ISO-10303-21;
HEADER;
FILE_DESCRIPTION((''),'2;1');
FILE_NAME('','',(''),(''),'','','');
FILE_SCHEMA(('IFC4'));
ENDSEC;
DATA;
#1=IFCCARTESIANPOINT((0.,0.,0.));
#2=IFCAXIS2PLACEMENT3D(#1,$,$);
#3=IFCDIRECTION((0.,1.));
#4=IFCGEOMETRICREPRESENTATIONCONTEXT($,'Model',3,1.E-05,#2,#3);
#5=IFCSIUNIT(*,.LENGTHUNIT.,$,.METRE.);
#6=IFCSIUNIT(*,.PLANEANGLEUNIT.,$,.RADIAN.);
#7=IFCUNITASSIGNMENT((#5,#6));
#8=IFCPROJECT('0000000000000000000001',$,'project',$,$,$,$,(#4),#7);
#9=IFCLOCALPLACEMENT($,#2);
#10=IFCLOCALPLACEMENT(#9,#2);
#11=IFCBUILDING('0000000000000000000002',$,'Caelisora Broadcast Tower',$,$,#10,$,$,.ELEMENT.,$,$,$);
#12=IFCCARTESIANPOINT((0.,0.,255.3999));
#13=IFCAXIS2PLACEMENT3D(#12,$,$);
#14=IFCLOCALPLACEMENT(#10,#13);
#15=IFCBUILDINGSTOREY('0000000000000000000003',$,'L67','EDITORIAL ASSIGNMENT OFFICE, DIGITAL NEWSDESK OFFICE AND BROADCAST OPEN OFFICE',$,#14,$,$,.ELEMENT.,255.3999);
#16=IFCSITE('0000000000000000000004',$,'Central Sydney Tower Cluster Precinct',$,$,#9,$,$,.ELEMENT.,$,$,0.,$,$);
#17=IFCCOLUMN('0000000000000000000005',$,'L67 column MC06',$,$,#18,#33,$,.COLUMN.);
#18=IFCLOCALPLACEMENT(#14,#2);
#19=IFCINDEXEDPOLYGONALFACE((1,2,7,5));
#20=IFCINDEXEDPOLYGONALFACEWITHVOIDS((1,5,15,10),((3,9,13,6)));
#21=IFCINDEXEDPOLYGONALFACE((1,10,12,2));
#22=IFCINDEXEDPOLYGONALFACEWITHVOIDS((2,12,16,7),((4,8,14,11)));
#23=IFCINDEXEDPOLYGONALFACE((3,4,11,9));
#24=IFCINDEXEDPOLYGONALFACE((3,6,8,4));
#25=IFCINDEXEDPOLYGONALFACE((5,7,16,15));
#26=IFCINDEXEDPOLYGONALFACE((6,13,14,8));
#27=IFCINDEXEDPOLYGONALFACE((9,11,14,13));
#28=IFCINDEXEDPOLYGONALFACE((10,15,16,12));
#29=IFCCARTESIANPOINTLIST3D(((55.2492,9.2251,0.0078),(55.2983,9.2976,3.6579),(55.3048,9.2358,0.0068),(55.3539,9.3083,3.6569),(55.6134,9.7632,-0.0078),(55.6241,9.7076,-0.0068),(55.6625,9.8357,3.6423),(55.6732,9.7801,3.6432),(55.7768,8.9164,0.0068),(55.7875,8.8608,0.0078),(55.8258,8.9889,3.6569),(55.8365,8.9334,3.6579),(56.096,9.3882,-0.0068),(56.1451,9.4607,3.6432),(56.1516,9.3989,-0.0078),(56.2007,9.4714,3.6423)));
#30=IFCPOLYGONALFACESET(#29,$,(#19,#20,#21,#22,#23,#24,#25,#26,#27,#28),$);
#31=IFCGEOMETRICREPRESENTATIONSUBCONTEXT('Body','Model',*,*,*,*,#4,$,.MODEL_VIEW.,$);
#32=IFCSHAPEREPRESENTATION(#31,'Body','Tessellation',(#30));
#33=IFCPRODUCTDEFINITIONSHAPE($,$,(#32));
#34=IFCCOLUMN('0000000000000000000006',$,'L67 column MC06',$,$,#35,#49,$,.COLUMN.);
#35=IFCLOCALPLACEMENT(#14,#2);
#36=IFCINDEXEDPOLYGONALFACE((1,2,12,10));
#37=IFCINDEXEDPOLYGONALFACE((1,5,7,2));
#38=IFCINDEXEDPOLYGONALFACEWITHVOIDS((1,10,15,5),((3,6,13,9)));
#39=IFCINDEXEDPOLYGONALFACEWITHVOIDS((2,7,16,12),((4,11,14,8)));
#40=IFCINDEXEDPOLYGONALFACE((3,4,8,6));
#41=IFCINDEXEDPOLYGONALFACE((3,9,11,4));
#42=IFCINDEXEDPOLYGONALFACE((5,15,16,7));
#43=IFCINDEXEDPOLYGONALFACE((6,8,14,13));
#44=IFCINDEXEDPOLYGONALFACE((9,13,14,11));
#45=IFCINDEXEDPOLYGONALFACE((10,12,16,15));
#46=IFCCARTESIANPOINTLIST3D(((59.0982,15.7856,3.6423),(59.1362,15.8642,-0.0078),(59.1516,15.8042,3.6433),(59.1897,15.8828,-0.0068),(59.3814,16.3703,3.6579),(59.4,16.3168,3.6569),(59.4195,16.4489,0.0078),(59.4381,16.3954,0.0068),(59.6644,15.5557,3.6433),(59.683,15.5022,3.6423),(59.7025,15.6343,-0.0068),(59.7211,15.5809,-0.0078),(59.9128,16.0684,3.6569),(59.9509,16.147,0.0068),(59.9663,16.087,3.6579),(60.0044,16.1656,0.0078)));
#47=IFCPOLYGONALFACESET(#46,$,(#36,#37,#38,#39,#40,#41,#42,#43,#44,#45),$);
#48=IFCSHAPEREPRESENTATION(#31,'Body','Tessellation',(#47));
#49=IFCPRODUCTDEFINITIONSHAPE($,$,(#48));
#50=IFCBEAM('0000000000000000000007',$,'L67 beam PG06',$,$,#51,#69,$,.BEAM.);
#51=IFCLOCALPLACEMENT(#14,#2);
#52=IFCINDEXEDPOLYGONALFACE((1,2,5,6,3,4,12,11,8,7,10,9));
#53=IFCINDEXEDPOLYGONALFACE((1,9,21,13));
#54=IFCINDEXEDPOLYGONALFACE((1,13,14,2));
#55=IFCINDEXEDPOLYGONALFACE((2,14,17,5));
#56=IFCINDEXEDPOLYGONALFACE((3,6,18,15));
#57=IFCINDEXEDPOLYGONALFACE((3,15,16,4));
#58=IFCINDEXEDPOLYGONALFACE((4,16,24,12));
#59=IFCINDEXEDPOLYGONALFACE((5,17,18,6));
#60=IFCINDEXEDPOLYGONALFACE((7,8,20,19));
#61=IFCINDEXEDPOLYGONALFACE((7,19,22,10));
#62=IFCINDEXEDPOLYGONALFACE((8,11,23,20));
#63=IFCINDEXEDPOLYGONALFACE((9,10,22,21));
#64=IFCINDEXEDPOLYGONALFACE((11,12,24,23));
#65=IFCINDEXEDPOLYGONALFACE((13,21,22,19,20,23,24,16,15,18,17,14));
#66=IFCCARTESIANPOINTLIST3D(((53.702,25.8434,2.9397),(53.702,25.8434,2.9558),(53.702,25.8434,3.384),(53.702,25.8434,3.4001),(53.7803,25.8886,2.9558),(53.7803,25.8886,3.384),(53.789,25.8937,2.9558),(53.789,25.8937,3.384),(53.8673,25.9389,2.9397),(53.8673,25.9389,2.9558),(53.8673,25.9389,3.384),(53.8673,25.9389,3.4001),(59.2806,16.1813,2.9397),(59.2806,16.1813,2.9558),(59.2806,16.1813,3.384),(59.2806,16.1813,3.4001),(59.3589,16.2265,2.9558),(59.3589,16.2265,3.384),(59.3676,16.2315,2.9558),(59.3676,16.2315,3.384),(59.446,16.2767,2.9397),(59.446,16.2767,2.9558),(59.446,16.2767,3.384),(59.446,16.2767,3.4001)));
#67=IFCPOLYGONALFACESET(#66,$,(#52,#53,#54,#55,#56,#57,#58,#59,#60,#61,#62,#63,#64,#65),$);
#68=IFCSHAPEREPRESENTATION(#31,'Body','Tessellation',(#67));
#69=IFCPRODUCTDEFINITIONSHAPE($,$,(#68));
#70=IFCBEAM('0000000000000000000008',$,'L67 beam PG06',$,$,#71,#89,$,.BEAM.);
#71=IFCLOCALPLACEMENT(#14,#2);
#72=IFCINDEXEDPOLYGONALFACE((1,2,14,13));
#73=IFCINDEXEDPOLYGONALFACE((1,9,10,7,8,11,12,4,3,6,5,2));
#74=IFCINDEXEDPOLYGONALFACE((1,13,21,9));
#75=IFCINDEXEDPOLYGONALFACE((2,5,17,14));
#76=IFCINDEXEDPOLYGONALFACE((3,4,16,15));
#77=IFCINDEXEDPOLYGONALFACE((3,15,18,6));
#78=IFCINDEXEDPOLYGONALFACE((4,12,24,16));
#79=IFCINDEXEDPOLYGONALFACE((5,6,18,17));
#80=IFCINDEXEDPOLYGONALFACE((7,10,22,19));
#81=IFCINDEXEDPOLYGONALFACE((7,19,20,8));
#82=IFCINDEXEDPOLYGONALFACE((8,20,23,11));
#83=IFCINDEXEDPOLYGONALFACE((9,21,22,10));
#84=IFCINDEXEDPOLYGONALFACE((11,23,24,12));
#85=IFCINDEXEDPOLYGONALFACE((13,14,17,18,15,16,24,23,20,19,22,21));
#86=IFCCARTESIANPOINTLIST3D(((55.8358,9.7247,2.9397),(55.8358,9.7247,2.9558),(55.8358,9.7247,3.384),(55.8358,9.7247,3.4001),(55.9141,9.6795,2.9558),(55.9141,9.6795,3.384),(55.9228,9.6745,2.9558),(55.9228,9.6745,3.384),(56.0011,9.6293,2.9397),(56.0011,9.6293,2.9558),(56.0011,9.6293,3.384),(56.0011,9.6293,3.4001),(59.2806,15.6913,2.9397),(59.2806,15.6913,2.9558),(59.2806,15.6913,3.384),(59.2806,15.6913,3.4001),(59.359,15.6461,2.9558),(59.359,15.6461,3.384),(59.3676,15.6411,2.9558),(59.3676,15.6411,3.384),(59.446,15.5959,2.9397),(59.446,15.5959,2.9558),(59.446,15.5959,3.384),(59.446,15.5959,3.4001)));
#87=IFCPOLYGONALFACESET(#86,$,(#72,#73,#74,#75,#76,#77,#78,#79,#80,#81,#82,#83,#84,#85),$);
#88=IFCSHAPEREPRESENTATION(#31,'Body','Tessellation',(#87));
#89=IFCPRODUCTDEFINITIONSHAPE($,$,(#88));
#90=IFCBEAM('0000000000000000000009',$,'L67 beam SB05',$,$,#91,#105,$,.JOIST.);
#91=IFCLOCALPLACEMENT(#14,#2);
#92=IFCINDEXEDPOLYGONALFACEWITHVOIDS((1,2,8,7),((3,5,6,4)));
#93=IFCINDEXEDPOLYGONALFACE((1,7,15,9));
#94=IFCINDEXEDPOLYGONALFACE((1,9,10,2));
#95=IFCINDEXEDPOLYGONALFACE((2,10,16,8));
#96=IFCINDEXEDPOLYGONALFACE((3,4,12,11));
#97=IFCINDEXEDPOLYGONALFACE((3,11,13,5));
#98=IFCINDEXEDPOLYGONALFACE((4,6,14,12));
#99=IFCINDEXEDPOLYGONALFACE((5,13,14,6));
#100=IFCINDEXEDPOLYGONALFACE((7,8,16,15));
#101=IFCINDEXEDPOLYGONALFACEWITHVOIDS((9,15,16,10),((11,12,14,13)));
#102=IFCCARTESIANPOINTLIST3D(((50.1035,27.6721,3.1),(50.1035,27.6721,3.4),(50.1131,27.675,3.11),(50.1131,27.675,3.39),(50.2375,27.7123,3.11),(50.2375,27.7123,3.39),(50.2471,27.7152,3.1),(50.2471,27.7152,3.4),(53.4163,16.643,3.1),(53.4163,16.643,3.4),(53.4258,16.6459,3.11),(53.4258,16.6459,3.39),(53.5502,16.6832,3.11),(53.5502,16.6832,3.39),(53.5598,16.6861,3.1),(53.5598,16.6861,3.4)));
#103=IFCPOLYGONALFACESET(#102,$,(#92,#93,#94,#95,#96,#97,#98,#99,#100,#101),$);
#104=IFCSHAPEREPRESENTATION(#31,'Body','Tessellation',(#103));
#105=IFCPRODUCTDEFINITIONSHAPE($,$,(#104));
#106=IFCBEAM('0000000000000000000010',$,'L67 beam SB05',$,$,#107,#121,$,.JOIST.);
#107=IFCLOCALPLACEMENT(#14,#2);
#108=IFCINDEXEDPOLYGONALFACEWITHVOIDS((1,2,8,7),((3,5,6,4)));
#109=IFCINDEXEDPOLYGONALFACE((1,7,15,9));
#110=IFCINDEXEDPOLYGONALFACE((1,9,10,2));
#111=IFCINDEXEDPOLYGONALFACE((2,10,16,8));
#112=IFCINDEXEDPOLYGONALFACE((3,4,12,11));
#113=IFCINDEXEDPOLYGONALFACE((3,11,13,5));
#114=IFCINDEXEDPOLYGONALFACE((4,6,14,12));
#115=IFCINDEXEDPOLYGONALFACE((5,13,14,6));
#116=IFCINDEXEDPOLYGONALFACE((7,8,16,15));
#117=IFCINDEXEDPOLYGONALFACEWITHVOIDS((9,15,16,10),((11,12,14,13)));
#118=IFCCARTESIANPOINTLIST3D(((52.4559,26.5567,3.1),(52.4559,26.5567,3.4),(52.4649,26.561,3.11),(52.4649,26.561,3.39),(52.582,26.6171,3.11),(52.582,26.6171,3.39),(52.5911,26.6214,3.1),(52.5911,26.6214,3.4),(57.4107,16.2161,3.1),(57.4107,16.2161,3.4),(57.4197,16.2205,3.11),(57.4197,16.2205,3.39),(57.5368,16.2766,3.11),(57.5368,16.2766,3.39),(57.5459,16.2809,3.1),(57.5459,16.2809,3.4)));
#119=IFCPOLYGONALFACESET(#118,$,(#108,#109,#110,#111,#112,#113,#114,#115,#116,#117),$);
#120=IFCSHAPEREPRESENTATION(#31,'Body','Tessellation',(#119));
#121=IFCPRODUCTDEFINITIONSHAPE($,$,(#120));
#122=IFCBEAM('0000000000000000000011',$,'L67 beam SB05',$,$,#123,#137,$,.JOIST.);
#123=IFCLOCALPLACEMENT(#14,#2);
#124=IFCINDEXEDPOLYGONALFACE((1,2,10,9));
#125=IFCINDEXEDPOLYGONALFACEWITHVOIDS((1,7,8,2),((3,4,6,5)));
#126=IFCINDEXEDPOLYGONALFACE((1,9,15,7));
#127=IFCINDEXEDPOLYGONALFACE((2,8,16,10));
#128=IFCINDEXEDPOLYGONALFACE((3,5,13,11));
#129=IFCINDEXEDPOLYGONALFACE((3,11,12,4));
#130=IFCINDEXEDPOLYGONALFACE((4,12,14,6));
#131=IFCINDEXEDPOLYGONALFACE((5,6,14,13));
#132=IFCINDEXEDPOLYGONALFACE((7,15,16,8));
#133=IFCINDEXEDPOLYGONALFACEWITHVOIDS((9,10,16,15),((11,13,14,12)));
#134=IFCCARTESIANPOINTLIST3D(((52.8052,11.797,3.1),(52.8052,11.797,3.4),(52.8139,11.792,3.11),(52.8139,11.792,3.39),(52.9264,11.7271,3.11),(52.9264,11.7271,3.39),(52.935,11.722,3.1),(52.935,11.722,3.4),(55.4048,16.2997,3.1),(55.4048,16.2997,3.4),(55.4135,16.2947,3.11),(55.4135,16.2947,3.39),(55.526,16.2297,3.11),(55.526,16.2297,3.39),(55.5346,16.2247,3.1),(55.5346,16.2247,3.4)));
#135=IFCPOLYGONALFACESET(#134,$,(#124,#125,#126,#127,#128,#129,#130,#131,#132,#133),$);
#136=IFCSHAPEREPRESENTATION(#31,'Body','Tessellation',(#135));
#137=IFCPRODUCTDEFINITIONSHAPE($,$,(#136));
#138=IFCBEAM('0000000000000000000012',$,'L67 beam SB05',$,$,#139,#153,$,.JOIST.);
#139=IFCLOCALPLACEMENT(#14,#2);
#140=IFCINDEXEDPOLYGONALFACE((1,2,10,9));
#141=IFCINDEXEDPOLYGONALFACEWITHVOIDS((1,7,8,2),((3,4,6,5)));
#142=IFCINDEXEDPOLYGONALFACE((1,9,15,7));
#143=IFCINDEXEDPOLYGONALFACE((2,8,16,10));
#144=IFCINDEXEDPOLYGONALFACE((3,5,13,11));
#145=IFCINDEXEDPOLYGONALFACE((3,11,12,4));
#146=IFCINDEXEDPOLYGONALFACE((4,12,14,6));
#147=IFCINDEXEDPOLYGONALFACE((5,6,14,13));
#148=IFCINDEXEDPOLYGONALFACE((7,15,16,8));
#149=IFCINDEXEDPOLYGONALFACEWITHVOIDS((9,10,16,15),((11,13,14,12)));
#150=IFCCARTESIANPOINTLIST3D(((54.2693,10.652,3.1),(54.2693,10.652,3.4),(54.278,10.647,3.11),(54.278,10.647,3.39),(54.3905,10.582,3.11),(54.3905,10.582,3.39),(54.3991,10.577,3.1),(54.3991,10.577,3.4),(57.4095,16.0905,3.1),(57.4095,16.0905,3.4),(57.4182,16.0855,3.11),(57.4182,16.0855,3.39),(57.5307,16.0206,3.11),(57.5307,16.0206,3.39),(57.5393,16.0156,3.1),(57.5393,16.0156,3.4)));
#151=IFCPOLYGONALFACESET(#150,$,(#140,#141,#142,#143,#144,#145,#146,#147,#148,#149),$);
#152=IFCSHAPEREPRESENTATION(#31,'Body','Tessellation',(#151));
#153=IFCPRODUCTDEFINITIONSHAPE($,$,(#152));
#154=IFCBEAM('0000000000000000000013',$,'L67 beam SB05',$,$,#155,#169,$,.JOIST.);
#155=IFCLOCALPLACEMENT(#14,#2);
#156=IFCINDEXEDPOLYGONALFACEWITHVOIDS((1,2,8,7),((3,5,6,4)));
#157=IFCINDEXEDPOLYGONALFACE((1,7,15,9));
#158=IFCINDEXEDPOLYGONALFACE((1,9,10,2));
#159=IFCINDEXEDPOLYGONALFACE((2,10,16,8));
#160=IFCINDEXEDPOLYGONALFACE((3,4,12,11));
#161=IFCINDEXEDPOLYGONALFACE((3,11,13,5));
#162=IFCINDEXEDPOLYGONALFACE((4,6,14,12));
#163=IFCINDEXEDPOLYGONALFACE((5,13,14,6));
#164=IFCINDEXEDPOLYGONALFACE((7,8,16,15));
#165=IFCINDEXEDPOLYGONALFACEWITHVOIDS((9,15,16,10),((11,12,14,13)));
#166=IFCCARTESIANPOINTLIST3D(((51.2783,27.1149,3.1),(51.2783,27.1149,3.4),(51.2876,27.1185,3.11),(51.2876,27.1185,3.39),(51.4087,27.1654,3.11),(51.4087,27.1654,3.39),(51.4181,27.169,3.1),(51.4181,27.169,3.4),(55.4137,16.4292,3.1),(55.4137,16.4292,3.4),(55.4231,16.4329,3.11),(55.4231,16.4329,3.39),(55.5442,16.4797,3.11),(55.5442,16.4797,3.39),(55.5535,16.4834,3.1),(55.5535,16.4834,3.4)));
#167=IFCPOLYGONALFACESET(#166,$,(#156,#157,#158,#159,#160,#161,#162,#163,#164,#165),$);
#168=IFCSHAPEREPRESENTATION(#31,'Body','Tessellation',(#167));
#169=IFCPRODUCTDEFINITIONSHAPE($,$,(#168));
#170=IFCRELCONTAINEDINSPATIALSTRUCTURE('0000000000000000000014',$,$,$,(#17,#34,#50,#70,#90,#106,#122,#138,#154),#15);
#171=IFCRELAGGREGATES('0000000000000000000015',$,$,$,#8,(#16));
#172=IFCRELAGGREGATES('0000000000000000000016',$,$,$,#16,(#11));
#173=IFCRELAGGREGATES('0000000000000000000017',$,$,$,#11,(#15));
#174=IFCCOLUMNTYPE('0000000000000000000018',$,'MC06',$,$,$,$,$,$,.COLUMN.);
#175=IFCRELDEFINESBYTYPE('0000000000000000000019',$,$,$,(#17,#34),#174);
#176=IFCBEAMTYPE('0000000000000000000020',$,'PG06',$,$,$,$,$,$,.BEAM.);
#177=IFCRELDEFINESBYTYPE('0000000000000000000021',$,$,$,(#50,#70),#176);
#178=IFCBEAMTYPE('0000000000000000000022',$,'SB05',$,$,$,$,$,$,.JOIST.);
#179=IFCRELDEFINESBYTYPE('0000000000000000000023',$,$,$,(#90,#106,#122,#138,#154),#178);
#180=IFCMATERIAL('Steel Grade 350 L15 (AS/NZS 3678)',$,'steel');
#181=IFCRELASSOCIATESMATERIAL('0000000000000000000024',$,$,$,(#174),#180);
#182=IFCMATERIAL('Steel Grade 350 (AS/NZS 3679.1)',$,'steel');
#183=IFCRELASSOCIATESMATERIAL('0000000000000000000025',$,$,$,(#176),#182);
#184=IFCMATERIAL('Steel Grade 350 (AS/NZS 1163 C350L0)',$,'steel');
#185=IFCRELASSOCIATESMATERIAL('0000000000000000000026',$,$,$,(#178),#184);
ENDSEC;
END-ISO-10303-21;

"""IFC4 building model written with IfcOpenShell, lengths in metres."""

from ifc_helpers import new_model, si_unit, direction, frame, origin, origin_2d, place, context, subcontext, project, spatial, hollow_rectangle, i_section, extrude, source, transform, mapped, material, material_profile, profile_set, type_object, type_shapes, element, save


model = new_model("IFC4")

# Units and contexts
model_context = context("Model", 3, precision=1e-05, world=origin(), true_north=direction((0.0, 1.0)))
body_context = subcontext(model_context, "Body", "Model", "MODEL_VIEW")
ifc_project = project(units=[si_unit("LENGTHUNIT", "METRE"), si_unit("PLANEANGLEUNIT", "RADIAN")], contexts=[model_context])

# Site, building, storey
site_placement = place(None, origin())
site = spatial("IfcSite", under=ifc_project, at=site_placement, Name="Central Sydney Tower Cluster Precinct", CompositionType="ELEMENT", RefElevation=0.0)
building_placement = place(site_placement, origin())
building = spatial("IfcBuilding", under=site, at=building_placement, Name="Caelisora Broadcast Tower", CompositionType="ELEMENT")
storey_placement = place(building_placement, frame((0.0, 0.0, 255.3999)))
storey = spatial("IfcBuildingStorey", under=building, at=storey_placement, Name="L67", Description="EDITORIAL ASSIGNMENT OFFICE, DIGITAL NEWSDESK OFFICE AND BROADCAST OPEN OFFICE", CompositionType="ELEMENT", Elevation=255.3999)

# Columns
ifc_material_1 = material(Name="Steel Grade 350 L15 (AS/NZS 3678)", Category="steel")
ifc_material_profile_1 = material_profile(ifc_material_1, hollow_rectangle(XDim=0.6499, YDim=0.6499, WallThickness=0.04, at=origin_2d()), Name="Steel Grade 350 L15 (AS/NZS 3678)")
ifc_profile_set_1 = profile_set([ifc_material_profile_1], Name="Steel Grade 350 L15 (AS/NZS 3678)")
column_type = type_object("IfcColumnType", Name="MC06", PredefinedType="COLUMN", material=ifc_profile_set_1)
shared_shape_1 = source(origin(), body_context, "Body", "SweptSolid", [
    extrude(hollow_rectangle(XDim=0.6499, YDim=0.6499, WallThickness=0.04, at=origin_2d()), origin(), (0.0, 0.0, 1.0), 3.6511),
])
type_shapes(column_type, [shared_shape_1])
for number, where, z_axis, x_axis, name in (
    (1, (55.7004, 9.312, 0.0), (0.01344, 0.019859, 0.999712), (-0.828169, 0.560478, 0.0), "L67 column MC06"),
    (2, (59.5703, 16.0149, 0.0), (-0.010431, -0.021531, 0.999714), (0.899947, -0.435999, 0.0), "L67 column MC06"),
):
    element("IfcColumn", number, at=place(storey_placement, frame(where, z_axis=z_axis, x_axis=x_axis)), inside=storey, type_object=column_type, Name=name, PredefinedType="COLUMN", context=body_context, shape_type="MappedRepresentation", body=[
        mapped(shared_shape_1, transform((0.0, 0.0, 0.0), scale=1.0)),
    ])

# Beams
ifc_material_2 = material(Name="Steel Grade 350 (AS/NZS 3679.1)", Category="steel")
ifc_material_profile_2 = material_profile(ifc_material_2, i_section(OverallWidth=0.1909, OverallDepth=0.4604, WebThickness=0.01, FlangeThickness=0.0161, at=origin_2d()), Name="Steel Grade 350 (AS/NZS 3679.1)")
ifc_profile_set_2 = profile_set([ifc_material_profile_2], Name="Steel Grade 350 (AS/NZS 3679.1)")
beam_type_1 = type_object("IfcBeamType", Name="PG06", PredefinedType="BEAM", material=ifc_profile_set_2)
shared_shape_2 = source(origin(), body_context, "Body", "SweptSolid", [
    extrude(i_section(OverallWidth=0.1909, OverallDepth=0.4604, WebThickness=0.01, FlangeThickness=0.0161, at=origin_2d()), origin(), (0.0, 0.0, 1.0), 11.157),
])
beam_1_placement = place(storey_placement, frame((59.3633, 16.229, 3.1699), z_axis=(-0.500013, 0.866018, 0.0), x_axis=(-0.866018, -0.500013, 0.0)))
element("IfcBeam", 3, at=beam_1_placement, inside=storey, type_object=beam_type_1, Name="L67 beam PG06", PredefinedType="BEAM", context=body_context, shape_type="MappedRepresentation", body=[
    mapped(shared_shape_2, transform((0.0, 0.0, 0.0), scale=1.0)),
])
shared_shape_3 = source(origin(), body_context, "Body", "SweptSolid", [
    extrude(i_section(OverallWidth=0.1909, OverallDepth=0.4604, WebThickness=0.01, FlangeThickness=0.0161, at=origin_2d()), origin(), (0.0, 0.0, 1.0), 6.8896),
])
type_shapes(beam_type_1, [shared_shape_2, shared_shape_3])
beam_2_placement = place(storey_placement, frame((55.9185, 9.677, 3.1699), z_axis=(0.500004, 0.866023, 0.0), x_axis=(-0.866023, 0.500004, 0.0)))
element("IfcBeam", 4, at=beam_2_placement, inside=storey, type_object=beam_type_1, Name="L67 beam PG06", PredefinedType="BEAM", context=body_context, shape_type="MappedRepresentation", body=[
    mapped(shared_shape_3, transform((0.0, 0.0, 0.0), scale=1.0)),
])
ifc_material_3 = material(Name="Steel Grade 350 (AS/NZS 1163 C350L0)", Category="steel")
ifc_material_profile_3 = material_profile(ifc_material_3, hollow_rectangle(XDim=0.1499, YDim=0.3, WallThickness=0.01, at=origin_2d()), Name="Steel Grade 350 (AS/NZS 1163 C350L0)")
ifc_profile_set_3 = profile_set([ifc_material_profile_3], Name="Steel Grade 350 (AS/NZS 1163 C350L0)")
beam_type_2 = type_object("IfcBeamType", Name="SB05", PredefinedType="JOIST", material=ifc_profile_set_3)
shared_shape_4 = source(origin(), body_context, "Body", "SweptSolid", [
    extrude(hollow_rectangle(XDim=0.1499, YDim=0.3, WallThickness=0.01, at=origin_2d()), origin(), (0.0, 0.0, 1.0), 11.5159),
])
beam_3_placement = place(storey_placement, frame((53.488, 16.6646, 3.25), z_axis=(-0.287669, 0.95773, 0.0), x_axis=(-0.95773, -0.287669, 0.0)))
element("IfcBeam", 5, at=beam_3_placement, inside=storey, type_object=beam_type_2, Name="L67 beam SB05", PredefinedType="JOIST", context=body_context, shape_type="MappedRepresentation", body=[
    mapped(shared_shape_4, transform((0.0, 0.0, 0.0), scale=1.0)),
])
shared_shape_5 = source(origin(), body_context, "Body", "SweptSolid", [
    extrude(hollow_rectangle(XDim=0.1499, YDim=0.3, WallThickness=0.01, at=origin_2d()), origin(), (0.0, 0.0, 1.0), 11.4663),
])
beam_4_placement = place(storey_placement, frame((57.4783, 16.2485, 3.25), z_axis=(-0.432118, 0.901817, 0.0), x_axis=(-0.901817, -0.432118, 0.0)))
element("IfcBeam", 6, at=beam_4_placement, inside=storey, type_object=beam_type_2, Name="L67 beam SB05", PredefinedType="JOIST", context=body_context, shape_type="MappedRepresentation", body=[
    mapped(shared_shape_5, transform((0.0, 0.0, 0.0), scale=1.0)),
])
shared_shape_6 = source(origin(), body_context, "Body", "SweptSolid", [
    extrude(hollow_rectangle(XDim=0.1499, YDim=0.3, WallThickness=0.01, at=origin_2d()), origin(), (0.0, 0.0, 1.0), 5.1992),
])
beam_5_placement = place(storey_placement, frame((52.8701, 11.7595, 3.25), z_axis=(0.499997, 0.866027, 0.0), x_axis=(-0.866027, 0.499997, 0.0)))
element("IfcBeam", 7, at=beam_5_placement, inside=storey, type_object=beam_type_2, Name="L67 beam SB05", PredefinedType="JOIST", context=body_context, shape_type="MappedRepresentation", body=[
    mapped(shared_shape_6, transform((0.0, 0.0, 0.0), scale=1.0)),
])
shared_shape_7 = source(origin(), body_context, "Body", "SweptSolid", [
    extrude(hollow_rectangle(XDim=0.1499, YDim=0.3, WallThickness=0.01, at=origin_2d()), origin(), (0.0, 0.0, 1.0), 6.28),
])
beam_6_placement = place(storey_placement, frame((54.3342, 10.6145, 3.25), z_axis=(0.500028, 0.866009, 0.0), x_axis=(-0.866009, 0.500028, 0.0)))
element("IfcBeam", 8, at=beam_6_placement, inside=storey, type_object=beam_type_2, Name="L67 beam SB05", PredefinedType="JOIST", context=body_context, shape_type="MappedRepresentation", body=[
    mapped(shared_shape_7, transform((0.0, 0.0, 0.0), scale=1.0)),
])
shared_shape_8 = source(origin(), body_context, "Body", "SweptSolid", [
    extrude(hollow_rectangle(XDim=0.1499, YDim=0.3, WallThickness=0.01, at=origin_2d()), origin(), (0.0, 0.0, 1.0), 11.458),
])
type_shapes(beam_type_2, [shared_shape_4, shared_shape_5, shared_shape_6, shared_shape_7, shared_shape_8])
beam_7_placement = place(storey_placement, frame((55.4836, 16.4563, 3.25), z_axis=(-0.360923, 0.932596, 0.0), x_axis=(-0.932596, -0.360923, 0.0)))
element("IfcBeam", 9, at=beam_7_placement, inside=storey, type_object=beam_type_2, Name="L67 beam SB05", PredefinedType="JOIST", context=body_context, shape_type="MappedRepresentation", body=[
    mapped(shared_shape_8, transform((0.0, 0.0, 0.0), scale=1.0)),
])

save(model, "model.ifc")
